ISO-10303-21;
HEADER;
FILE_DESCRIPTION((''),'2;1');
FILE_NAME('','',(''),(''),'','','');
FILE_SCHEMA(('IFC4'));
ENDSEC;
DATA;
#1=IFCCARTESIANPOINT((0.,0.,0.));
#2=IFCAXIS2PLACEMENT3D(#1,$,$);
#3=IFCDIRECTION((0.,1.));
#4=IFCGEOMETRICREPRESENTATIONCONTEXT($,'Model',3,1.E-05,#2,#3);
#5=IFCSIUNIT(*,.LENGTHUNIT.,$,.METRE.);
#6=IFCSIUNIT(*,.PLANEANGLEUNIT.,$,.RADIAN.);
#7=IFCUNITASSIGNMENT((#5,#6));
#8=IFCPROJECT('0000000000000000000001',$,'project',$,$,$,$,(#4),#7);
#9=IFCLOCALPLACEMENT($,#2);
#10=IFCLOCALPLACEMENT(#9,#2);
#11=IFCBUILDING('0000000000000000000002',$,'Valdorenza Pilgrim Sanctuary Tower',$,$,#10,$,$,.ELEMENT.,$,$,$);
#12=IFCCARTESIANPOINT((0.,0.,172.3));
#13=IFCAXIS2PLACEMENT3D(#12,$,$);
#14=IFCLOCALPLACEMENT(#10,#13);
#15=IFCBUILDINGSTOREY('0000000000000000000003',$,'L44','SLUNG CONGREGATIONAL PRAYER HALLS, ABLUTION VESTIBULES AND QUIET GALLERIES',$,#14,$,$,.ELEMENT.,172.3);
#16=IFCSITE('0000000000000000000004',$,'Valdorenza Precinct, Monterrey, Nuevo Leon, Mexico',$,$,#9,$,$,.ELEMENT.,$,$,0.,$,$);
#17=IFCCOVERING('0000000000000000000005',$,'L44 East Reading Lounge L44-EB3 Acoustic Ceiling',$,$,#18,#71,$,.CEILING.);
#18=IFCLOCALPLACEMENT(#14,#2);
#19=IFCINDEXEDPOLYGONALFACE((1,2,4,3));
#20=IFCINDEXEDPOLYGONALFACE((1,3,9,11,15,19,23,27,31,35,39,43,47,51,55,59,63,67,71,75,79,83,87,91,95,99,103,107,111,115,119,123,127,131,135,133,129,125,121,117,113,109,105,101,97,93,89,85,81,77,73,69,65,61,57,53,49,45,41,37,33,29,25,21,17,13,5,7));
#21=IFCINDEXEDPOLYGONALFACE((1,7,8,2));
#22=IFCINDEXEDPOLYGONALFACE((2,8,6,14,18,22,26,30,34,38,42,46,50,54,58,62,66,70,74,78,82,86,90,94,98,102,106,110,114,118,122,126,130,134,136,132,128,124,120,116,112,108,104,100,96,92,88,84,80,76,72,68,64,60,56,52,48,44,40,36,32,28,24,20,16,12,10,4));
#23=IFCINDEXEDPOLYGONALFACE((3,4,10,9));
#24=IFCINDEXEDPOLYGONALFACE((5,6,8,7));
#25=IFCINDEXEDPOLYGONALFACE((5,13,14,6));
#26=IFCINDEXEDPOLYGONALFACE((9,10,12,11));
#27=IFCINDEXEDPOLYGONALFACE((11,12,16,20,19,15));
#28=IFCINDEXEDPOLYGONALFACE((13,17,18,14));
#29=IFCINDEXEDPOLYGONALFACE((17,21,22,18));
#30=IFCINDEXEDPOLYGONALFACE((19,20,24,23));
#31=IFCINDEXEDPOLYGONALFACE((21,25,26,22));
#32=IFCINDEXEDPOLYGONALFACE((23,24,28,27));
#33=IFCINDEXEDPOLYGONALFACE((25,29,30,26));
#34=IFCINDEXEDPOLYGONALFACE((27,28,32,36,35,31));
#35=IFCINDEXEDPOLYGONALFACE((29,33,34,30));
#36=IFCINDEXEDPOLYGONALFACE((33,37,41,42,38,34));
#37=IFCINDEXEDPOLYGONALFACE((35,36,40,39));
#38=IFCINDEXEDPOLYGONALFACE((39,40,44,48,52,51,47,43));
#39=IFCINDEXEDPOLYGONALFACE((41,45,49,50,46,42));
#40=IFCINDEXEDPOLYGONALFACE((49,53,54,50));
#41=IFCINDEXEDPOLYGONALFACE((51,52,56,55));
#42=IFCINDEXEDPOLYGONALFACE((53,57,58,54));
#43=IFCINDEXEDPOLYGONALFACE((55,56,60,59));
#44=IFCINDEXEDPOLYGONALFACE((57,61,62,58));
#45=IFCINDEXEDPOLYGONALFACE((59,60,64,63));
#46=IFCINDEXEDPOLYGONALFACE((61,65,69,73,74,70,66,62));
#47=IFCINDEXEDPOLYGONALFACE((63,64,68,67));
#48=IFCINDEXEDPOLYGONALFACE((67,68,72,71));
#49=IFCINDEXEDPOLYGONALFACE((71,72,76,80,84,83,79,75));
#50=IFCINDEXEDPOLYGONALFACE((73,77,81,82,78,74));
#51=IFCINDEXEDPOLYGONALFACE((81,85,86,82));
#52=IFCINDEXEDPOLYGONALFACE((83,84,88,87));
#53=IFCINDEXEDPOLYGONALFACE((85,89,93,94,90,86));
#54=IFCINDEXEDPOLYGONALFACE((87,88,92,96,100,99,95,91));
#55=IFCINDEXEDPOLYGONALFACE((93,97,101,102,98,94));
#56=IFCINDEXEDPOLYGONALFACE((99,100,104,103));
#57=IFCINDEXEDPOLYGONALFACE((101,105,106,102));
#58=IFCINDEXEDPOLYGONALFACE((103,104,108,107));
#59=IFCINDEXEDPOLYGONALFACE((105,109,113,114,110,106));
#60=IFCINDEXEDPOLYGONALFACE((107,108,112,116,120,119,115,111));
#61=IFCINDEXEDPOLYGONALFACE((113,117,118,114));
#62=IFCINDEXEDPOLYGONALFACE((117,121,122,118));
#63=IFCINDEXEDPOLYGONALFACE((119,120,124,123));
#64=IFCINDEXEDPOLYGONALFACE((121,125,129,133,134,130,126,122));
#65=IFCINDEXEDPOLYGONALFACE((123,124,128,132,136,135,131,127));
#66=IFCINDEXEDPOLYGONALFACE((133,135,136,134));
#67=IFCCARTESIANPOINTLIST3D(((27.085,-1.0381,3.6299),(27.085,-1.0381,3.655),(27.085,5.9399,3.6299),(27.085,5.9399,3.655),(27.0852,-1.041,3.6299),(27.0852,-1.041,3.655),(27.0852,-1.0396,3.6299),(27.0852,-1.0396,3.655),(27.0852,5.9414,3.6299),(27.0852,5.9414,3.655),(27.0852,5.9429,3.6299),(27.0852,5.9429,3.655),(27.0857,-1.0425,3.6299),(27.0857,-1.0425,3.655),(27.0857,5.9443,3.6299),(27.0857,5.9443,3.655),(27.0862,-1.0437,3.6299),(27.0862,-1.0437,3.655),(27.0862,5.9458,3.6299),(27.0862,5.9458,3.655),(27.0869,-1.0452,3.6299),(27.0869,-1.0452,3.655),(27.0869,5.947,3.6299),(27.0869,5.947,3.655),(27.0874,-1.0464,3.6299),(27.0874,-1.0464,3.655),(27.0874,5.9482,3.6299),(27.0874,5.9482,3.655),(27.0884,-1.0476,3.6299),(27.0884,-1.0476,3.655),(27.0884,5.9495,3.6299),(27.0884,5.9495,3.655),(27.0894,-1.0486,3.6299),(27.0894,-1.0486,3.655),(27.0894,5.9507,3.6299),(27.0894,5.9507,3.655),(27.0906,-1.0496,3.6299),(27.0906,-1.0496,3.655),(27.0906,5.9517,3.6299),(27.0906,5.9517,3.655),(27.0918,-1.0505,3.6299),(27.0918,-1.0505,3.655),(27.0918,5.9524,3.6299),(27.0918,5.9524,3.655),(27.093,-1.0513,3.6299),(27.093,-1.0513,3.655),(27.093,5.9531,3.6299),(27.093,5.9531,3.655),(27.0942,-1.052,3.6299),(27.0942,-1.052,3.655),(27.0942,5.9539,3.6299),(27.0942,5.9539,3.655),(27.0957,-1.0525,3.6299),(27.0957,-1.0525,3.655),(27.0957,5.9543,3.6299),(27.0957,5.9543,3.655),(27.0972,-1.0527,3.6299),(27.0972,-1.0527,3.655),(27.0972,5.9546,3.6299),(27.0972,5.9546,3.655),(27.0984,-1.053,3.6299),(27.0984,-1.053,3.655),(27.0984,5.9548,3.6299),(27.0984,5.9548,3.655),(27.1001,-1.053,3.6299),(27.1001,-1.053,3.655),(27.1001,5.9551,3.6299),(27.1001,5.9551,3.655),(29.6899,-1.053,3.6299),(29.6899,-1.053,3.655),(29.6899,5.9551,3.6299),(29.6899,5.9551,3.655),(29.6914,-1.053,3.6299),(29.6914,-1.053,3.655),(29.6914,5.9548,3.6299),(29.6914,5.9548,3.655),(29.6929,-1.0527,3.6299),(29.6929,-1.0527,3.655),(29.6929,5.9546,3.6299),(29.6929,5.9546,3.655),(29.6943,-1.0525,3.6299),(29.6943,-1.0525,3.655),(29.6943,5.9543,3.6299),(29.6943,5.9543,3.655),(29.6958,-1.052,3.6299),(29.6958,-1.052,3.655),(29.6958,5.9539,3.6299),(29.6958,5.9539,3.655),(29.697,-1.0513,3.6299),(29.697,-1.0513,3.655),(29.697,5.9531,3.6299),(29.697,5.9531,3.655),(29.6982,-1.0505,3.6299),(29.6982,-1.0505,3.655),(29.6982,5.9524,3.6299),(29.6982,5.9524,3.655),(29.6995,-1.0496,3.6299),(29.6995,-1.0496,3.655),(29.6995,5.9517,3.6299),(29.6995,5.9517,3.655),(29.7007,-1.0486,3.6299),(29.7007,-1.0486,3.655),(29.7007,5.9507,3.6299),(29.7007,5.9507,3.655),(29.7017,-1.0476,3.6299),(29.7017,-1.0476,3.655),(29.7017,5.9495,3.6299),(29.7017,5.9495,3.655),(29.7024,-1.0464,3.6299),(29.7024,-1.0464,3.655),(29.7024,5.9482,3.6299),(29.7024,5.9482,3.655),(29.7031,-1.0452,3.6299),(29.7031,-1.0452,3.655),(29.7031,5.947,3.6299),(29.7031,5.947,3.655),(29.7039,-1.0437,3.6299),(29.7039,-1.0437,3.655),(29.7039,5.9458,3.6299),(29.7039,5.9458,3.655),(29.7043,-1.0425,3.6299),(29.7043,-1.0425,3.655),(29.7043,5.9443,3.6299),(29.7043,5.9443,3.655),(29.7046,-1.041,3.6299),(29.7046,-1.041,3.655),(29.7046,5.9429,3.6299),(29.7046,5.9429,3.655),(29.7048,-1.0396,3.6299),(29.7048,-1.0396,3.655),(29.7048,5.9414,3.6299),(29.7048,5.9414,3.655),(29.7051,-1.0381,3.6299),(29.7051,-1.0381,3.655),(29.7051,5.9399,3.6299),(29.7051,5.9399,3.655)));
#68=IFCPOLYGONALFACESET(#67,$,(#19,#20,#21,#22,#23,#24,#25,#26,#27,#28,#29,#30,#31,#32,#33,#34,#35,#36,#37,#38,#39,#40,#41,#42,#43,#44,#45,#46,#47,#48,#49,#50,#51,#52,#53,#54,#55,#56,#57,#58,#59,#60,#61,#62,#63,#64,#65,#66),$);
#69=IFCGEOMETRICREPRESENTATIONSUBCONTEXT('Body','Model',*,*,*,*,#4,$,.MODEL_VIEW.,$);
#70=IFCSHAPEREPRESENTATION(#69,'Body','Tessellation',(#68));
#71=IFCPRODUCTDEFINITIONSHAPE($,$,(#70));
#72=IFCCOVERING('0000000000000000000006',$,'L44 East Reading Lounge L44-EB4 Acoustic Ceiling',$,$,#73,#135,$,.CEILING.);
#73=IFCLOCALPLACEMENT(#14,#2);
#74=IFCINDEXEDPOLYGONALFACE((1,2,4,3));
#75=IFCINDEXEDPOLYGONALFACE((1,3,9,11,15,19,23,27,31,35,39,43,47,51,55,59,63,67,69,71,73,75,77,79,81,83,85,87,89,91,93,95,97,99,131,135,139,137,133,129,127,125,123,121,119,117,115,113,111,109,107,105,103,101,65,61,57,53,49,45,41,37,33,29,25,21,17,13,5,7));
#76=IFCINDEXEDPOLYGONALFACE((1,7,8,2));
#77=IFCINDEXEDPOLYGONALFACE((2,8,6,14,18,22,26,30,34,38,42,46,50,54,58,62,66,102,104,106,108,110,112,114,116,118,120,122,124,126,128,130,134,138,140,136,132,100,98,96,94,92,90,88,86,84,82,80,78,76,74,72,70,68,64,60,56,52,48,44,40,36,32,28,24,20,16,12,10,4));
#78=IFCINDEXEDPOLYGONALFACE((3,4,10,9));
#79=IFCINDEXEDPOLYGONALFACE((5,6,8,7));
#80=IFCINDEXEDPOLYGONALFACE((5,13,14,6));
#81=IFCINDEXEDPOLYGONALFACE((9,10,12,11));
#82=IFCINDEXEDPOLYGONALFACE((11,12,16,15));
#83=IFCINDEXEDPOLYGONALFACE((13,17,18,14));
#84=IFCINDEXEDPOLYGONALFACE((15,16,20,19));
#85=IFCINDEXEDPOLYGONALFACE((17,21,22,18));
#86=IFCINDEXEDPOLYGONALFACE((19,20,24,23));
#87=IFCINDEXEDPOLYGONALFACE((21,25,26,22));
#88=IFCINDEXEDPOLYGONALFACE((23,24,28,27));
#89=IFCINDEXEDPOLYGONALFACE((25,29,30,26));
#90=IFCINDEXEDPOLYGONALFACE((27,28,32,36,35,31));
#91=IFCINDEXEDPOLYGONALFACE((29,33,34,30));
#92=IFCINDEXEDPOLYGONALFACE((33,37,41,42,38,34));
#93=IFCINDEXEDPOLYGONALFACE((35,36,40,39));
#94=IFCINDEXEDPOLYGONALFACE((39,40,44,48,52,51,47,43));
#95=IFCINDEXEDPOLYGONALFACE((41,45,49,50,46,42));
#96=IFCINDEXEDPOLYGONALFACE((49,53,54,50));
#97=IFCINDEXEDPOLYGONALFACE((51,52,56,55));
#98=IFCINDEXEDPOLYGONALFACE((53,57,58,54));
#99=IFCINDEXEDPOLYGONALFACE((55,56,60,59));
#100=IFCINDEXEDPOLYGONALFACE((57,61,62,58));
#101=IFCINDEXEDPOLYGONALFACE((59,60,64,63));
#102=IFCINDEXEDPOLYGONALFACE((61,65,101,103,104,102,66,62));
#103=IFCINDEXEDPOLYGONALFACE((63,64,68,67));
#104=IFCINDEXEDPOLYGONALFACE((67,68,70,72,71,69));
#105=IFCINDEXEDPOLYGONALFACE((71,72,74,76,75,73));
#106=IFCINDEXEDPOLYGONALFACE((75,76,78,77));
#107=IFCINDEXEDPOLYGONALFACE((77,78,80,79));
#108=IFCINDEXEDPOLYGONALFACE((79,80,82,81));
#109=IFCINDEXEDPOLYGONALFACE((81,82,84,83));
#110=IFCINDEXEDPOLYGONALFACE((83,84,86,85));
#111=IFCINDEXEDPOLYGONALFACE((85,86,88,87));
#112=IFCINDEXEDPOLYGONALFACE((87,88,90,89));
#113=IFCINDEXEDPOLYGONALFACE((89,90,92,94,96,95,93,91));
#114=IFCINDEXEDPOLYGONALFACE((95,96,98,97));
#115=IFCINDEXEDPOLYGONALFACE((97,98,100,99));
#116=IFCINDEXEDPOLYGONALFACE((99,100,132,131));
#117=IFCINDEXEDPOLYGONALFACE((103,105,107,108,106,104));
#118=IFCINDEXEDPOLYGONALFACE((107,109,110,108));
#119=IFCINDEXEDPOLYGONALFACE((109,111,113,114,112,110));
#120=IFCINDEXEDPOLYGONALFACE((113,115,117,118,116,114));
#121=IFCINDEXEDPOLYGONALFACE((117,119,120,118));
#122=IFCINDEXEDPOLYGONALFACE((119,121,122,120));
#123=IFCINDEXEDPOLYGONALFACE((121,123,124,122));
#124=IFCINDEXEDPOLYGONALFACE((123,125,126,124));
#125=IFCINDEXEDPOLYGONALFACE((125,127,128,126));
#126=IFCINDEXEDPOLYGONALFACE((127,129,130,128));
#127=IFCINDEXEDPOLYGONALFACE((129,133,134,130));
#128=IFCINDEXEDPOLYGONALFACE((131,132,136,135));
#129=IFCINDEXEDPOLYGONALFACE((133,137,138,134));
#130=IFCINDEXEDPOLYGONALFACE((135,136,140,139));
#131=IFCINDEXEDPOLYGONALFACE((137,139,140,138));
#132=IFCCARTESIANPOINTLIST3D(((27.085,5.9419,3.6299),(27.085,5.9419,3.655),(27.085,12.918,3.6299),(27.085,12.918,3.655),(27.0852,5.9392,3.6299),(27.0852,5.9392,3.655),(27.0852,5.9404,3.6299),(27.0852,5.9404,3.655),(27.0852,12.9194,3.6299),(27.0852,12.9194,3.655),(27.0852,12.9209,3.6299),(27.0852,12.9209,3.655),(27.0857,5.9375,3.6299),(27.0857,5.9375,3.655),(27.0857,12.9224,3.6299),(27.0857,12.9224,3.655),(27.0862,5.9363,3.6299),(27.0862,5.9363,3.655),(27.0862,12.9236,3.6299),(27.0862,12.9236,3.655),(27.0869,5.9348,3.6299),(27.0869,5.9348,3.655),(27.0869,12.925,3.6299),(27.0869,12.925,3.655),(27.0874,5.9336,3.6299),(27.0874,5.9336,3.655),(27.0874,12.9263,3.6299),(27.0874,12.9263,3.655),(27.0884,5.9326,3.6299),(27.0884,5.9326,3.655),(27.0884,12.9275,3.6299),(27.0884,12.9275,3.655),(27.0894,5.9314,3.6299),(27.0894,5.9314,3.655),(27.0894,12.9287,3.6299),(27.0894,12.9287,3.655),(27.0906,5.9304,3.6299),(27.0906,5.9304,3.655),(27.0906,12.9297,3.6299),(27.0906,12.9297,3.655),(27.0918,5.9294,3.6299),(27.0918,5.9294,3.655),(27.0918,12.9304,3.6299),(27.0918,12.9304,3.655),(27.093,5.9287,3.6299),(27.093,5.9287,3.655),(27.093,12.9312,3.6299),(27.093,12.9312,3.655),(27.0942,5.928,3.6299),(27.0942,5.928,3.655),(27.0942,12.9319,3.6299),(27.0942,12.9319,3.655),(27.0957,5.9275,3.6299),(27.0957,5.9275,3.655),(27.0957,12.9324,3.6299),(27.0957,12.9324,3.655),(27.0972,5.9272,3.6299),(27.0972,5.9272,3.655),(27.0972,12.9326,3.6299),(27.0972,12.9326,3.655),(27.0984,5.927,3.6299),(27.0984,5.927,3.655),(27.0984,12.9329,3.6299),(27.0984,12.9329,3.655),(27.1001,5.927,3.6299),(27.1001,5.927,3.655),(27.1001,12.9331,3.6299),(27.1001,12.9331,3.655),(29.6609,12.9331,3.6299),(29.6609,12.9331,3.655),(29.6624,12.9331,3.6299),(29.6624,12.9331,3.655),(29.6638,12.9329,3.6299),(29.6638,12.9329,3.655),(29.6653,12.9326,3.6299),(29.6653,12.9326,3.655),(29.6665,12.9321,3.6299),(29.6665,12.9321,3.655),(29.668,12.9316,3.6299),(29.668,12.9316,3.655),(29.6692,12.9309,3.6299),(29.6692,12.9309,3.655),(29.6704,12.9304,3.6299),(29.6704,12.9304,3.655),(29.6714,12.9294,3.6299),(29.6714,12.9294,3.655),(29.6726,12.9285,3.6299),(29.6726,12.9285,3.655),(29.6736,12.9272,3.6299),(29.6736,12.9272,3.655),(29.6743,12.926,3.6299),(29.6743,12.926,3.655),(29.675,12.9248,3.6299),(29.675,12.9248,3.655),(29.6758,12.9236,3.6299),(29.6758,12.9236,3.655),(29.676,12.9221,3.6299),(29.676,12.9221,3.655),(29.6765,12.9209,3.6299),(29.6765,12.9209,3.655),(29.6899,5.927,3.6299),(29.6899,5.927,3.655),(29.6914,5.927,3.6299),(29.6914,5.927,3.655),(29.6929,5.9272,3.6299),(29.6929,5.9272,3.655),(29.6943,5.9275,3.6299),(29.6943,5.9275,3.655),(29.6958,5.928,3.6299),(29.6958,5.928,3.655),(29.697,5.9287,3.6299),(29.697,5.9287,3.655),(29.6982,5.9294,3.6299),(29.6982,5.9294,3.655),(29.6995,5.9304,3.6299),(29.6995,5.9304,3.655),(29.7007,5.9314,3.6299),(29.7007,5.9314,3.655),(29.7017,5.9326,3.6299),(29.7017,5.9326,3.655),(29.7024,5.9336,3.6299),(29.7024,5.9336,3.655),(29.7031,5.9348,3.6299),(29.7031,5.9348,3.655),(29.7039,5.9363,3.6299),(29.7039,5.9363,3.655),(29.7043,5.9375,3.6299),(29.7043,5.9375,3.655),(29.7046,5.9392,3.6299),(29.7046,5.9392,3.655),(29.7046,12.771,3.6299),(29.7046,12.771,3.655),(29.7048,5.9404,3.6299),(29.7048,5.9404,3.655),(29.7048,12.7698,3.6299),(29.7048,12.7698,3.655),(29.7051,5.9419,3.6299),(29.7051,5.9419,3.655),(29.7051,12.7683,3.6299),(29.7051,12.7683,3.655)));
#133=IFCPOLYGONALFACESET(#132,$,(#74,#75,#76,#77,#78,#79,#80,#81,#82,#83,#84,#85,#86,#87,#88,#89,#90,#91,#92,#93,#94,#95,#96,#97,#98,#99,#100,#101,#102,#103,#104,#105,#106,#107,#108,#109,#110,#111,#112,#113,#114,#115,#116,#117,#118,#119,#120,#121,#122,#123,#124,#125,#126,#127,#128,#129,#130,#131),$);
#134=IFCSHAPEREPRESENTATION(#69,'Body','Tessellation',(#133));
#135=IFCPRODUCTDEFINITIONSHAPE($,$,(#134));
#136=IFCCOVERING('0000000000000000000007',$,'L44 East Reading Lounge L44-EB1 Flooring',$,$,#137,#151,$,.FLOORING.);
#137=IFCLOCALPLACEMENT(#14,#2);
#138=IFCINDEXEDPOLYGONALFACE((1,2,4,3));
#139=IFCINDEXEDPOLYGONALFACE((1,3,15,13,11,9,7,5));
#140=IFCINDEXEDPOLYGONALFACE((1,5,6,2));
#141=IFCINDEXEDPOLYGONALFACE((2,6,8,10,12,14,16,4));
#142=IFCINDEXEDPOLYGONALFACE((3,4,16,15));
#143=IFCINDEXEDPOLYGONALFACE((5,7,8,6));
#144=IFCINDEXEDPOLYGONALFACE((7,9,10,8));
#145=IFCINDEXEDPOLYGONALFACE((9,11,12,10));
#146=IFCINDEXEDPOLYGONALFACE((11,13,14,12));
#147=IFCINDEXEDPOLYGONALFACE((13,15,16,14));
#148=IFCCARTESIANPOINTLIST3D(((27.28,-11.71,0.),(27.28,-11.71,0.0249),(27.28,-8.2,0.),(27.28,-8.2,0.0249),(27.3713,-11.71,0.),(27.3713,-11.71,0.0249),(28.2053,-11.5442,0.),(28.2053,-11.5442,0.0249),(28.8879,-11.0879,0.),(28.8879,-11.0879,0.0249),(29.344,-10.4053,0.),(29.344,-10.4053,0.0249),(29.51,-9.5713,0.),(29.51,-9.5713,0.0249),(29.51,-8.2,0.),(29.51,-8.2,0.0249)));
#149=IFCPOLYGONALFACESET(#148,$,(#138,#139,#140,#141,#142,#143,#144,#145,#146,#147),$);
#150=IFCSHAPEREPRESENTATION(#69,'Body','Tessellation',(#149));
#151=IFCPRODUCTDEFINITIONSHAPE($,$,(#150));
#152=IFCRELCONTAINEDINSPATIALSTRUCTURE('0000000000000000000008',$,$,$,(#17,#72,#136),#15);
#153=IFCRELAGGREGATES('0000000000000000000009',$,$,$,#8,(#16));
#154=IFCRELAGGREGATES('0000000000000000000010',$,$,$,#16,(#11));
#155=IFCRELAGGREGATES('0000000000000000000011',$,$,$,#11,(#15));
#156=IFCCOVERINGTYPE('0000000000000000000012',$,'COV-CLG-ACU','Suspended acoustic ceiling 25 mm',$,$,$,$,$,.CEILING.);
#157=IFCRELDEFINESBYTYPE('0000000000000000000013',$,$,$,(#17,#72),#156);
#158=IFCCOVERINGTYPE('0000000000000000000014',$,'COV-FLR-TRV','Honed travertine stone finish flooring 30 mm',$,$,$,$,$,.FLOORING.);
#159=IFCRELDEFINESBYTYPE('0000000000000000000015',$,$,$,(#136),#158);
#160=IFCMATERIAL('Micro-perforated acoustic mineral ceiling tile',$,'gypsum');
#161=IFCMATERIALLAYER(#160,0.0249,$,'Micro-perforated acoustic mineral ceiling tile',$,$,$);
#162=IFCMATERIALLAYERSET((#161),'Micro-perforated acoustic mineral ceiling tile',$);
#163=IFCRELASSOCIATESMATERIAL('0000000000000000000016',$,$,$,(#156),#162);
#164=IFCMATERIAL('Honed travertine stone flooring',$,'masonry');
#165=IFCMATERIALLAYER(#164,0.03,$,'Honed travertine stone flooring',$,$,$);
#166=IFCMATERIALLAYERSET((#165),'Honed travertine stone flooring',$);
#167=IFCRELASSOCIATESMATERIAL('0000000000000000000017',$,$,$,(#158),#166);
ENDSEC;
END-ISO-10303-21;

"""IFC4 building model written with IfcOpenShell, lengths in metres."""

from ifc_helpers import new_model, si_unit, direction, frame, origin, place, context, subcontext, project, spatial, polyline, outline, extrude, material, layer, layer_set, type_object, element, save


model = new_model("IFC4")

# Units and contexts
model_context = context("Model", 3, precision=1e-05, world=origin(), true_north=direction((0.0, 1.0)))
body_context = subcontext(model_context, "Body", "Model", "MODEL_VIEW")
ifc_project = project(units=[si_unit("LENGTHUNIT", "METRE"), si_unit("PLANEANGLEUNIT", "RADIAN")], contexts=[model_context])

# Site, building, storey
site_placement = place(None, origin())
site = spatial("IfcSite", under=ifc_project, at=site_placement, Name="Valdorenza Precinct, Monterrey, Nuevo Leon, Mexico", CompositionType="ELEMENT", RefElevation=0.0)
building_placement = place(site_placement, origin())
building = spatial("IfcBuilding", under=site, at=building_placement, Name="Valdorenza Pilgrim Sanctuary Tower", CompositionType="ELEMENT")
storey_placement = place(building_placement, frame((0.0, 0.0, 172.3)))
storey = spatial("IfcBuildingStorey", under=building, at=storey_placement, Name="L44", Description="SLUNG CONGREGATIONAL PRAYER HALLS, ABLUTION VESTIBULES AND QUIET GALLERIES", CompositionType="ELEMENT", Elevation=172.3)

# Coverings
ifc_material_1 = material(Name="Micro-perforated acoustic mineral ceiling tile", Category="gypsum")
ifc_layer_1 = layer(ifc_material_1, 0.0249, Name="Micro-perforated acoustic mineral ceiling tile")
ifc_layer_set_1 = layer_set([ifc_layer_1], Name="Micro-perforated acoustic mineral ceiling tile")
covering_type_1 = type_object("IfcCoveringType", Name="COV-CLG-ACU", Description="Suspended acoustic ceiling 25 mm", PredefinedType="CEILING", material=ifc_layer_set_1)
covering_1_placement = place(storey_placement, frame((0.0, 0.0, 3.6299)))
element("IfcCovering", 1, at=covering_1_placement, inside=storey, type_object=covering_type_1, Name="L44 East Reading Lounge L44-EB3 Acoustic Ceiling", PredefinedType="CEILING", context=body_context, shape_type="SweptSolid", body=[
    extrude(outline(polyline([(27.085, 5.9399), (27.0852, 5.9414), (27.0852, 5.9429), (27.0857, 5.9443), (27.0862, 5.9458), (27.0869, 5.947), (27.0874, 5.9482), (27.0884, 5.9495), (27.0894, 5.9507), (27.0906, 5.9517), (27.0918, 5.9524), (27.093, 5.9531), (27.0942, 5.9539), (27.0957, 5.9543), (27.0972, 5.9546), (27.0984, 5.9548), (27.1001, 5.9551), (29.6899, 5.9551), (29.6914, 5.9548), (29.6929, 5.9546), (29.6943, 5.9543), (29.6958, 5.9539), (29.697, 5.9531), (29.6982, 5.9524), (29.6995, 5.9517), (29.7007, 5.9507), (29.7017, 5.9495), (29.7024, 5.9482), (29.7031, 5.947), (29.7039, 5.9458), (29.7043, 5.9443), (29.7046, 5.9429), (29.7048, 5.9414), (29.7051, 5.9399), (29.7051, -1.0381), (29.7048, -1.0396), (29.7046, -1.041), (29.7043, -1.0425), (29.7039, -1.0437), (29.7031, -1.0452), (29.7024, -1.0464), (29.7017, -1.0476), (29.7007, -1.0486), (29.6995, -1.0496), (29.6982, -1.0505), (29.697, -1.0513), (29.6958, -1.052), (29.6943, -1.0525), (29.6929, -1.0527), (29.6914, -1.053), (29.6899, -1.053), (27.1001, -1.053), (27.0984, -1.053), (27.0972, -1.0527), (27.0957, -1.0525), (27.0942, -1.052), (27.093, -1.0513), (27.0918, -1.0505), (27.0906, -1.0496), (27.0894, -1.0486), (27.0884, -1.0476), (27.0874, -1.0464), (27.0869, -1.0452), (27.0862, -1.0437), (27.0857, -1.0425), (27.0852, -1.041), (27.0852, -1.0396), (27.085, -1.0381), (27.085, 5.9399)])), origin(), (0.0, 0.0, 1.0), 0.0251),
])
covering_2_placement = place(storey_placement, frame((0.0, 0.0, 3.6299)))
element("IfcCovering", 2, at=covering_2_placement, inside=storey, type_object=covering_type_1, Name="L44 East Reading Lounge L44-EB4 Acoustic Ceiling", PredefinedType="CEILING", context=body_context, shape_type="SweptSolid", body=[
    extrude(outline(polyline([(27.085, 12.918), (27.0852, 12.9194), (27.0852, 12.9209), (27.0857, 12.9224), (27.0862, 12.9236), (27.0869, 12.925), (27.0874, 12.9263), (27.0884, 12.9275), (27.0894, 12.9287), (27.0906, 12.9297), (27.0918, 12.9304), (27.093, 12.9312), (27.0942, 12.9319), (27.0957, 12.9324), (27.0972, 12.9326), (27.0984, 12.9329), (27.1001, 12.9331), (29.6609, 12.9331), (29.6609, 12.9331), (29.6624, 12.9331), (29.6638, 12.9329), (29.6653, 12.9326), (29.6665, 12.9321), (29.668, 12.9316), (29.6692, 12.9309), (29.6704, 12.9304), (29.6714, 12.9294), (29.6726, 12.9285), (29.6736, 12.9272), (29.6743, 12.926), (29.675, 12.9248), (29.6758, 12.9236), (29.676, 12.9221), (29.6765, 12.9209), (29.7046, 12.771), (29.7048, 12.7698), (29.7051, 12.7683), (29.7051, 5.9419), (29.7048, 5.9404), (29.7046, 5.9392), (29.7043, 5.9375), (29.7039, 5.9363), (29.7031, 5.9348), (29.7024, 5.9336), (29.7017, 5.9326), (29.7007, 5.9314), (29.6995, 5.9304), (29.6982, 5.9294), (29.697, 5.9287), (29.6958, 5.928), (29.6943, 5.9275), (29.6929, 5.9272), (29.6914, 5.927), (29.6899, 5.927), (27.1001, 5.927), (27.0984, 5.927), (27.0972, 5.9272), (27.0957, 5.9275), (27.0942, 5.928), (27.093, 5.9287), (27.0918, 5.9294), (27.0906, 5.9304), (27.0894, 5.9314), (27.0884, 5.9326), (27.0874, 5.9336), (27.0869, 5.9348), (27.0862, 5.9363), (27.0857, 5.9375), (27.0852, 5.9392), (27.0852, 5.9404), (27.085, 5.9419), (27.085, 12.918)])), origin(), (0.0, 0.0, 1.0), 0.0251),
])
ifc_material_2 = material(Name="Honed travertine stone flooring", Category="masonry")
ifc_layer_2 = layer(ifc_material_2, 0.03, Name="Honed travertine stone flooring")
ifc_layer_set_2 = layer_set([ifc_layer_2], Name="Honed travertine stone flooring")
covering_type_2 = type_object("IfcCoveringType", Name="COV-FLR-TRV", Description="Honed travertine stone finish flooring 30 mm", PredefinedType="FLOORING", material=ifc_layer_set_2)
covering_3_placement = place(storey_placement, origin())
element("IfcCovering", 3, at=covering_3_placement, inside=storey, type_object=covering_type_2, Name="L44 East Reading Lounge L44-EB1 Flooring", PredefinedType="FLOORING", context=body_context, shape_type="SweptSolid", body=[
    extrude(outline(polyline([(29.51, -8.2), (29.51, -9.5713), (29.344, -10.4053), (28.8879, -11.0879), (28.2053, -11.5442), (27.3713, -11.71), (27.28, -11.71), (27.28, -8.2), (29.51, -8.2)])), origin(), (0.0, 0.0, 1.0), 0.0249),
])

save(model, "model.ifc")
